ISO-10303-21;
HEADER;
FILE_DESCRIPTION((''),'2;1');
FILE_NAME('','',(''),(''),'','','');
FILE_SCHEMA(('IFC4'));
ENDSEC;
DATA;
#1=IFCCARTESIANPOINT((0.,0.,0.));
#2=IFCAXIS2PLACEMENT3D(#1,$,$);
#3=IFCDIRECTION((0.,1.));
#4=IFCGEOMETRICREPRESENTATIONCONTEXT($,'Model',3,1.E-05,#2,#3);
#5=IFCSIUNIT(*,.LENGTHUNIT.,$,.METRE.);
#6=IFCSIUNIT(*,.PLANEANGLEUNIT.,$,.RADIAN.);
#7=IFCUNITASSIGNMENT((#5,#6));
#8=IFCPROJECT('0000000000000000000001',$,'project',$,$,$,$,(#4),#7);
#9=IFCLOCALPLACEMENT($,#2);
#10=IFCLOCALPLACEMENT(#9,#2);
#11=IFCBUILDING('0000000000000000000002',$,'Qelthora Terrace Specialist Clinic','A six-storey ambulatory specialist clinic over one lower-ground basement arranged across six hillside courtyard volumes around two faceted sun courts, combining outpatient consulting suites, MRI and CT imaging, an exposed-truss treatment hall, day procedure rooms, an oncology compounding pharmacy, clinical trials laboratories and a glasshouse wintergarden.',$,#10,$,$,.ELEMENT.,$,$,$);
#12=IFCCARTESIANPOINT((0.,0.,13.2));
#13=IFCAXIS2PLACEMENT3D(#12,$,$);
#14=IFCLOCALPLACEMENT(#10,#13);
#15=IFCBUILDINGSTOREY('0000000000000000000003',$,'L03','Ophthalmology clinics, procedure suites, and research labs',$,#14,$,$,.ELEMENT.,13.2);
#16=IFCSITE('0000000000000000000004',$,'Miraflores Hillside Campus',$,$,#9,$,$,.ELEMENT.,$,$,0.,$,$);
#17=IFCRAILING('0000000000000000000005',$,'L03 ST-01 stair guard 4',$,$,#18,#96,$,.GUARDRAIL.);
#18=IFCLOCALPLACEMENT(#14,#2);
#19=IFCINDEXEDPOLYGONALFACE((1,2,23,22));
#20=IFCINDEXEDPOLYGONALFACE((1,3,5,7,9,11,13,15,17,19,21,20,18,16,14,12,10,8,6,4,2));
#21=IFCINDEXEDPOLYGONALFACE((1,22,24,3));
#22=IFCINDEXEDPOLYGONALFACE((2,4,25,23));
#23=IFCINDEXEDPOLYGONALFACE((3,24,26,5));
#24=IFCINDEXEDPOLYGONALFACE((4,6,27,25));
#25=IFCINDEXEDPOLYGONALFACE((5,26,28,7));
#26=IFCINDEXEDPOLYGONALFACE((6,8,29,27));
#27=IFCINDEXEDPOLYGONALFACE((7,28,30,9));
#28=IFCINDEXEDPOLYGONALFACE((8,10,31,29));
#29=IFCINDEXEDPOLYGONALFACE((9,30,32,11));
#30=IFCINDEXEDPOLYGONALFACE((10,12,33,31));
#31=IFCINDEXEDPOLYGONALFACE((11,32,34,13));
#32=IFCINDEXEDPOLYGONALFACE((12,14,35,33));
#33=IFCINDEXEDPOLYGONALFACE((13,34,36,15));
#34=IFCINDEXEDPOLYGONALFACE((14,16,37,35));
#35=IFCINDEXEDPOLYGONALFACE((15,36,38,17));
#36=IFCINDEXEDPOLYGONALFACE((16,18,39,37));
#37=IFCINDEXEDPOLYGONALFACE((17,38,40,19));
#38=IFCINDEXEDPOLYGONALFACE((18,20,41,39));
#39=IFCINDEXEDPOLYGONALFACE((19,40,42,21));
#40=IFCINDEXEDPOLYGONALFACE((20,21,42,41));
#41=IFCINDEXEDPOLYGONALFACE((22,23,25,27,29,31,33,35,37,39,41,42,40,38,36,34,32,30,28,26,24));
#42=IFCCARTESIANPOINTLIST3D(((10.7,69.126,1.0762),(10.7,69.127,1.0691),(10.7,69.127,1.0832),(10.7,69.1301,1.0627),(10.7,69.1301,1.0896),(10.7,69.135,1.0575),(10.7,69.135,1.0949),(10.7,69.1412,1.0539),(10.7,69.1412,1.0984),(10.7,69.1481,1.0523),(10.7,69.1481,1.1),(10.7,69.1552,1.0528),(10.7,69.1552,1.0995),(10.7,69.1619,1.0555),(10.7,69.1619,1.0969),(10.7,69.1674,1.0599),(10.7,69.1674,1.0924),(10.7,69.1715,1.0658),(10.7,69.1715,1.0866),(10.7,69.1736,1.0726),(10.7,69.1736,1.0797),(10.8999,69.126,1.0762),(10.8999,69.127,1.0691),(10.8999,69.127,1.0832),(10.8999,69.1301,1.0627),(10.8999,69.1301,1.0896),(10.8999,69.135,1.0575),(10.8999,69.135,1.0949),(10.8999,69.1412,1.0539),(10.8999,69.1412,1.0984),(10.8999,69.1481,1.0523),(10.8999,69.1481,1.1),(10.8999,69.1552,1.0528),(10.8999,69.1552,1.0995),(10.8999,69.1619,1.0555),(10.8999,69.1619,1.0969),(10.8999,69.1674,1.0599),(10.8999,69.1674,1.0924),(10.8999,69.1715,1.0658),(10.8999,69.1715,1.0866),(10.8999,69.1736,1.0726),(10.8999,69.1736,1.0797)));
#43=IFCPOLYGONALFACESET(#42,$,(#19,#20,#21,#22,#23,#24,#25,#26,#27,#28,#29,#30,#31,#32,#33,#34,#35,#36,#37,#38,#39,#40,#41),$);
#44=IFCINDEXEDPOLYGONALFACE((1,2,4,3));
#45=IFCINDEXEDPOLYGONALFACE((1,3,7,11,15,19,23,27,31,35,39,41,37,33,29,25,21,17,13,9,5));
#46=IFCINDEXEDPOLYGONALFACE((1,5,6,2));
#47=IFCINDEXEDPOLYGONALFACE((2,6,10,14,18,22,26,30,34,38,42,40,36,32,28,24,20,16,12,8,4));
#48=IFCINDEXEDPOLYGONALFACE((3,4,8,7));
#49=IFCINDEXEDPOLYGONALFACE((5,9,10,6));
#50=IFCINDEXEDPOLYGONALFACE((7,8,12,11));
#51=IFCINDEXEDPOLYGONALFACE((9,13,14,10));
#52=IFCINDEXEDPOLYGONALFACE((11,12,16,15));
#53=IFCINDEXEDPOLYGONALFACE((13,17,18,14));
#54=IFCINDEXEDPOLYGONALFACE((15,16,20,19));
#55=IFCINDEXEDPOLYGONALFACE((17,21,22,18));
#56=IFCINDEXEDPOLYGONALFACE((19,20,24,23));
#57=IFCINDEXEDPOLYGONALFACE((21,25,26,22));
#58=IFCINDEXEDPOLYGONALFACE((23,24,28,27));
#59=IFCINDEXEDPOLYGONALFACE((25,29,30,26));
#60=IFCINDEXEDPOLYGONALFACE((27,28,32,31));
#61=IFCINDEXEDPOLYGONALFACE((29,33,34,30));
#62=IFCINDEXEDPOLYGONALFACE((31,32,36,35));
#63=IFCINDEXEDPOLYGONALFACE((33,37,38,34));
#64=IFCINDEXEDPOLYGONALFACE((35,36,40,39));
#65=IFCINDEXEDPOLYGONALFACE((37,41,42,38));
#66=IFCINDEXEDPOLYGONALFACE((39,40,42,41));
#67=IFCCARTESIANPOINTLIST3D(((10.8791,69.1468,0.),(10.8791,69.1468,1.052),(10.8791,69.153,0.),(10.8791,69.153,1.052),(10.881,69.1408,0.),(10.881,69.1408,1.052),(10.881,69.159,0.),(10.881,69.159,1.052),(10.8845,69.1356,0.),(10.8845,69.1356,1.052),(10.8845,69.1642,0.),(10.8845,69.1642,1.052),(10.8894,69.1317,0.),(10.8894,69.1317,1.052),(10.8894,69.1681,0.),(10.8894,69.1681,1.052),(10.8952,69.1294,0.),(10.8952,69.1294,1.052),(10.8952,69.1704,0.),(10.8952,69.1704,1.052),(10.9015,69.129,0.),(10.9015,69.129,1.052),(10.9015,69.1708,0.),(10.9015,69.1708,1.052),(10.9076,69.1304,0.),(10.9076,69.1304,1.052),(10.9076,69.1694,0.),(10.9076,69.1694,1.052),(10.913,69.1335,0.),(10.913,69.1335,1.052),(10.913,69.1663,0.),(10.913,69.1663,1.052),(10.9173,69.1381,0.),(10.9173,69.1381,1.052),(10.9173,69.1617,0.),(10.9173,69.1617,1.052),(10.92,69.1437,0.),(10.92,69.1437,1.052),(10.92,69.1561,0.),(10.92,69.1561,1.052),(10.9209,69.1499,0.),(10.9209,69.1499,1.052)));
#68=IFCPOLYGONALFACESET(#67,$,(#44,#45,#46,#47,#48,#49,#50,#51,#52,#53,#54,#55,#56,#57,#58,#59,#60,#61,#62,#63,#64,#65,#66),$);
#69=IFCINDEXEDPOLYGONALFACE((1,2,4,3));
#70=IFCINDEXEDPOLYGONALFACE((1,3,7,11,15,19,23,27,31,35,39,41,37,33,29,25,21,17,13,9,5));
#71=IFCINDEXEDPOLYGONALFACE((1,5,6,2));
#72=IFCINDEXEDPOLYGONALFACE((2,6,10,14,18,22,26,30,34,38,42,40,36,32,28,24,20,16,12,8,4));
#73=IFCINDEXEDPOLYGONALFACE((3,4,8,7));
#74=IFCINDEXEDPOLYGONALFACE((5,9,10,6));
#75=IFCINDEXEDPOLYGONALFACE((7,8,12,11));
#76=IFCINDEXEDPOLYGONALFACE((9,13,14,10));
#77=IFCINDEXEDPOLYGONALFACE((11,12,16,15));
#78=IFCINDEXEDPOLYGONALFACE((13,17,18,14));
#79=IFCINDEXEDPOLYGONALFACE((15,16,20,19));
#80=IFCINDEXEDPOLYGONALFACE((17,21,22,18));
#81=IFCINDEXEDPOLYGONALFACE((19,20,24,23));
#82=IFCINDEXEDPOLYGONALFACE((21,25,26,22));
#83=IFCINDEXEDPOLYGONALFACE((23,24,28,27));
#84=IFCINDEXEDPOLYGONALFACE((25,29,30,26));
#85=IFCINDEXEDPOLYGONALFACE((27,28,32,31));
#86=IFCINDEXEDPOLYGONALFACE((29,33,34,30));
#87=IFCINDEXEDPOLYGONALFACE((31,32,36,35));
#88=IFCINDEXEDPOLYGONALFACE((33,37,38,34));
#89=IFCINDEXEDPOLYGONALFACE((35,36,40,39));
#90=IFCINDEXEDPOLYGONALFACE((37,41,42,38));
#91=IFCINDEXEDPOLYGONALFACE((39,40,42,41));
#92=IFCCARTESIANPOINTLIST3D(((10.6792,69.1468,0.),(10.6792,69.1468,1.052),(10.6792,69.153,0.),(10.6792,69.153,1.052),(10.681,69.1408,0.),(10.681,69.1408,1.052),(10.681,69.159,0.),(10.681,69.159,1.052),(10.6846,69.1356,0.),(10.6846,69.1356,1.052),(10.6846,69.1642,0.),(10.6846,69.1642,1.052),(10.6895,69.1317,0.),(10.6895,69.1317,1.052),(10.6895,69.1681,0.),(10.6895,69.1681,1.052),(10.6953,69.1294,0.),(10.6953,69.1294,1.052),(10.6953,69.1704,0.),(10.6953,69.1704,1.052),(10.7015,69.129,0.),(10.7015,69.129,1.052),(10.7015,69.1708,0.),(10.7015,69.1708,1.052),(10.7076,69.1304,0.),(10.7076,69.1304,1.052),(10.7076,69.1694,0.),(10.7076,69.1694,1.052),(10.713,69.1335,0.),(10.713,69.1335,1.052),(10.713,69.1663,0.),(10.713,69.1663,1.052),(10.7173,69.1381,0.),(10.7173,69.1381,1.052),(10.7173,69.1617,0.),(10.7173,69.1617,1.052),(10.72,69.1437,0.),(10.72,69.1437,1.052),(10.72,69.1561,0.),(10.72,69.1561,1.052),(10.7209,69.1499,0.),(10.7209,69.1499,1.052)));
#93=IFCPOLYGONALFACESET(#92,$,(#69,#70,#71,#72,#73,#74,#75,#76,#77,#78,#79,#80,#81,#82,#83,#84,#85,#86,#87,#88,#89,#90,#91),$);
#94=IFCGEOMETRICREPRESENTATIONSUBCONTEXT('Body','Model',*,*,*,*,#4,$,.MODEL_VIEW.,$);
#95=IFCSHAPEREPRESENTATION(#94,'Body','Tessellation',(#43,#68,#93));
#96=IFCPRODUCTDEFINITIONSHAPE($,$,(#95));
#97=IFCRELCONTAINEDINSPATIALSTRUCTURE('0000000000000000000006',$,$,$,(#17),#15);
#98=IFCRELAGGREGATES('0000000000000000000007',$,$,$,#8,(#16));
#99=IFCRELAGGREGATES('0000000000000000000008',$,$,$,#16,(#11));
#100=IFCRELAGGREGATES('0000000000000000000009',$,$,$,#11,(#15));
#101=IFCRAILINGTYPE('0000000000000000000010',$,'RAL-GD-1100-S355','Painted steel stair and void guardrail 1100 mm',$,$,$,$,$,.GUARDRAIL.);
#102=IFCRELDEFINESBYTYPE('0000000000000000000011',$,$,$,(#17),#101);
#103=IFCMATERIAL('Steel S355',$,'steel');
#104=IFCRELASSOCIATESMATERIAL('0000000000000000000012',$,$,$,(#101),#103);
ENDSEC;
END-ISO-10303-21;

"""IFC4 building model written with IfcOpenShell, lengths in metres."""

from ifc_helpers import new_model, si_unit, direction, frame, origin, origin_2d, place, context, subcontext, project, spatial, circle, extrude, material, type_object, element, save


model = new_model("IFC4")

# Units and contexts
model_context = context("Model", 3, precision=1e-05, world=origin(), true_north=direction((0.0, 1.0)))
body_context = subcontext(model_context, "Body", "Model", "MODEL_VIEW")
ifc_project = project(units=[si_unit("LENGTHUNIT", "METRE"), si_unit("PLANEANGLEUNIT", "RADIAN")], contexts=[model_context])

# Site, building, storey
site_placement = place(None, origin())
site = spatial("IfcSite", under=ifc_project, at=site_placement, Name="Miraflores Hillside Campus", CompositionType="ELEMENT", RefElevation=0.0)
building_placement = place(site_placement, origin())
building = spatial("IfcBuilding", under=site, at=building_placement, Name="Qelthora Terrace Specialist Clinic", Description="A six-storey ambulatory specialist clinic over one lower-ground basement arranged across six hillside courtyard volumes around two faceted sun courts, combining outpatient consulting suites, MRI and CT imaging, an exposed-truss treatment hall, day procedure rooms, an oncology compounding pharmacy, clinical trials laboratories and a glasshouse wintergarden.", CompositionType="ELEMENT")
storey_placement = place(building_placement, frame((0.0, 0.0, 13.2)))
storey = spatial("IfcBuildingStorey", under=building, at=storey_placement, Name="L03", Description="Ophthalmology clinics, procedure suites, and research labs", CompositionType="ELEMENT", Elevation=13.2)

# Shared definitions
ifc_material_1 = material(Name="Steel S355", Category="steel")

# Railing
railing_type_1 = type_object("IfcRailingType", Name="RAL-GD-1100-S355", Description="Painted steel stair and void guardrail 1100 mm", PredefinedType="GUARDRAIL", material=ifc_material_1)
railing_1_placement = place(storey_placement, frame((10.8999, 69.1499, 0.0)))
element("IfcRailing", 1, at=railing_1_placement, inside=storey, type_object=railing_type_1, Name="L03 ST-01 stair guard 4", PredefinedType="GUARDRAIL", context=body_context, shape_type="SweptSolid", body=[
    extrude(circle(Radius=0.0239, at=origin_2d()), frame((0.0, 0.0, 1.0762), z_axis=(-1.0, 0.0, 0.0), x_axis=(0.0, -1.0, 0.0)), (0.0, 0.0, 1.0), 0.2),
    extrude(circle(Radius=0.021, at=origin_2d()), origin(), (0.0, 0.0, 1.0), 1.052),
    extrude(circle(Radius=0.021, at=origin_2d()), frame((-0.2, 0.0, 0.0)), (0.0, 0.0, 1.0), 1.052),
])

save(model, "model.ifc")
